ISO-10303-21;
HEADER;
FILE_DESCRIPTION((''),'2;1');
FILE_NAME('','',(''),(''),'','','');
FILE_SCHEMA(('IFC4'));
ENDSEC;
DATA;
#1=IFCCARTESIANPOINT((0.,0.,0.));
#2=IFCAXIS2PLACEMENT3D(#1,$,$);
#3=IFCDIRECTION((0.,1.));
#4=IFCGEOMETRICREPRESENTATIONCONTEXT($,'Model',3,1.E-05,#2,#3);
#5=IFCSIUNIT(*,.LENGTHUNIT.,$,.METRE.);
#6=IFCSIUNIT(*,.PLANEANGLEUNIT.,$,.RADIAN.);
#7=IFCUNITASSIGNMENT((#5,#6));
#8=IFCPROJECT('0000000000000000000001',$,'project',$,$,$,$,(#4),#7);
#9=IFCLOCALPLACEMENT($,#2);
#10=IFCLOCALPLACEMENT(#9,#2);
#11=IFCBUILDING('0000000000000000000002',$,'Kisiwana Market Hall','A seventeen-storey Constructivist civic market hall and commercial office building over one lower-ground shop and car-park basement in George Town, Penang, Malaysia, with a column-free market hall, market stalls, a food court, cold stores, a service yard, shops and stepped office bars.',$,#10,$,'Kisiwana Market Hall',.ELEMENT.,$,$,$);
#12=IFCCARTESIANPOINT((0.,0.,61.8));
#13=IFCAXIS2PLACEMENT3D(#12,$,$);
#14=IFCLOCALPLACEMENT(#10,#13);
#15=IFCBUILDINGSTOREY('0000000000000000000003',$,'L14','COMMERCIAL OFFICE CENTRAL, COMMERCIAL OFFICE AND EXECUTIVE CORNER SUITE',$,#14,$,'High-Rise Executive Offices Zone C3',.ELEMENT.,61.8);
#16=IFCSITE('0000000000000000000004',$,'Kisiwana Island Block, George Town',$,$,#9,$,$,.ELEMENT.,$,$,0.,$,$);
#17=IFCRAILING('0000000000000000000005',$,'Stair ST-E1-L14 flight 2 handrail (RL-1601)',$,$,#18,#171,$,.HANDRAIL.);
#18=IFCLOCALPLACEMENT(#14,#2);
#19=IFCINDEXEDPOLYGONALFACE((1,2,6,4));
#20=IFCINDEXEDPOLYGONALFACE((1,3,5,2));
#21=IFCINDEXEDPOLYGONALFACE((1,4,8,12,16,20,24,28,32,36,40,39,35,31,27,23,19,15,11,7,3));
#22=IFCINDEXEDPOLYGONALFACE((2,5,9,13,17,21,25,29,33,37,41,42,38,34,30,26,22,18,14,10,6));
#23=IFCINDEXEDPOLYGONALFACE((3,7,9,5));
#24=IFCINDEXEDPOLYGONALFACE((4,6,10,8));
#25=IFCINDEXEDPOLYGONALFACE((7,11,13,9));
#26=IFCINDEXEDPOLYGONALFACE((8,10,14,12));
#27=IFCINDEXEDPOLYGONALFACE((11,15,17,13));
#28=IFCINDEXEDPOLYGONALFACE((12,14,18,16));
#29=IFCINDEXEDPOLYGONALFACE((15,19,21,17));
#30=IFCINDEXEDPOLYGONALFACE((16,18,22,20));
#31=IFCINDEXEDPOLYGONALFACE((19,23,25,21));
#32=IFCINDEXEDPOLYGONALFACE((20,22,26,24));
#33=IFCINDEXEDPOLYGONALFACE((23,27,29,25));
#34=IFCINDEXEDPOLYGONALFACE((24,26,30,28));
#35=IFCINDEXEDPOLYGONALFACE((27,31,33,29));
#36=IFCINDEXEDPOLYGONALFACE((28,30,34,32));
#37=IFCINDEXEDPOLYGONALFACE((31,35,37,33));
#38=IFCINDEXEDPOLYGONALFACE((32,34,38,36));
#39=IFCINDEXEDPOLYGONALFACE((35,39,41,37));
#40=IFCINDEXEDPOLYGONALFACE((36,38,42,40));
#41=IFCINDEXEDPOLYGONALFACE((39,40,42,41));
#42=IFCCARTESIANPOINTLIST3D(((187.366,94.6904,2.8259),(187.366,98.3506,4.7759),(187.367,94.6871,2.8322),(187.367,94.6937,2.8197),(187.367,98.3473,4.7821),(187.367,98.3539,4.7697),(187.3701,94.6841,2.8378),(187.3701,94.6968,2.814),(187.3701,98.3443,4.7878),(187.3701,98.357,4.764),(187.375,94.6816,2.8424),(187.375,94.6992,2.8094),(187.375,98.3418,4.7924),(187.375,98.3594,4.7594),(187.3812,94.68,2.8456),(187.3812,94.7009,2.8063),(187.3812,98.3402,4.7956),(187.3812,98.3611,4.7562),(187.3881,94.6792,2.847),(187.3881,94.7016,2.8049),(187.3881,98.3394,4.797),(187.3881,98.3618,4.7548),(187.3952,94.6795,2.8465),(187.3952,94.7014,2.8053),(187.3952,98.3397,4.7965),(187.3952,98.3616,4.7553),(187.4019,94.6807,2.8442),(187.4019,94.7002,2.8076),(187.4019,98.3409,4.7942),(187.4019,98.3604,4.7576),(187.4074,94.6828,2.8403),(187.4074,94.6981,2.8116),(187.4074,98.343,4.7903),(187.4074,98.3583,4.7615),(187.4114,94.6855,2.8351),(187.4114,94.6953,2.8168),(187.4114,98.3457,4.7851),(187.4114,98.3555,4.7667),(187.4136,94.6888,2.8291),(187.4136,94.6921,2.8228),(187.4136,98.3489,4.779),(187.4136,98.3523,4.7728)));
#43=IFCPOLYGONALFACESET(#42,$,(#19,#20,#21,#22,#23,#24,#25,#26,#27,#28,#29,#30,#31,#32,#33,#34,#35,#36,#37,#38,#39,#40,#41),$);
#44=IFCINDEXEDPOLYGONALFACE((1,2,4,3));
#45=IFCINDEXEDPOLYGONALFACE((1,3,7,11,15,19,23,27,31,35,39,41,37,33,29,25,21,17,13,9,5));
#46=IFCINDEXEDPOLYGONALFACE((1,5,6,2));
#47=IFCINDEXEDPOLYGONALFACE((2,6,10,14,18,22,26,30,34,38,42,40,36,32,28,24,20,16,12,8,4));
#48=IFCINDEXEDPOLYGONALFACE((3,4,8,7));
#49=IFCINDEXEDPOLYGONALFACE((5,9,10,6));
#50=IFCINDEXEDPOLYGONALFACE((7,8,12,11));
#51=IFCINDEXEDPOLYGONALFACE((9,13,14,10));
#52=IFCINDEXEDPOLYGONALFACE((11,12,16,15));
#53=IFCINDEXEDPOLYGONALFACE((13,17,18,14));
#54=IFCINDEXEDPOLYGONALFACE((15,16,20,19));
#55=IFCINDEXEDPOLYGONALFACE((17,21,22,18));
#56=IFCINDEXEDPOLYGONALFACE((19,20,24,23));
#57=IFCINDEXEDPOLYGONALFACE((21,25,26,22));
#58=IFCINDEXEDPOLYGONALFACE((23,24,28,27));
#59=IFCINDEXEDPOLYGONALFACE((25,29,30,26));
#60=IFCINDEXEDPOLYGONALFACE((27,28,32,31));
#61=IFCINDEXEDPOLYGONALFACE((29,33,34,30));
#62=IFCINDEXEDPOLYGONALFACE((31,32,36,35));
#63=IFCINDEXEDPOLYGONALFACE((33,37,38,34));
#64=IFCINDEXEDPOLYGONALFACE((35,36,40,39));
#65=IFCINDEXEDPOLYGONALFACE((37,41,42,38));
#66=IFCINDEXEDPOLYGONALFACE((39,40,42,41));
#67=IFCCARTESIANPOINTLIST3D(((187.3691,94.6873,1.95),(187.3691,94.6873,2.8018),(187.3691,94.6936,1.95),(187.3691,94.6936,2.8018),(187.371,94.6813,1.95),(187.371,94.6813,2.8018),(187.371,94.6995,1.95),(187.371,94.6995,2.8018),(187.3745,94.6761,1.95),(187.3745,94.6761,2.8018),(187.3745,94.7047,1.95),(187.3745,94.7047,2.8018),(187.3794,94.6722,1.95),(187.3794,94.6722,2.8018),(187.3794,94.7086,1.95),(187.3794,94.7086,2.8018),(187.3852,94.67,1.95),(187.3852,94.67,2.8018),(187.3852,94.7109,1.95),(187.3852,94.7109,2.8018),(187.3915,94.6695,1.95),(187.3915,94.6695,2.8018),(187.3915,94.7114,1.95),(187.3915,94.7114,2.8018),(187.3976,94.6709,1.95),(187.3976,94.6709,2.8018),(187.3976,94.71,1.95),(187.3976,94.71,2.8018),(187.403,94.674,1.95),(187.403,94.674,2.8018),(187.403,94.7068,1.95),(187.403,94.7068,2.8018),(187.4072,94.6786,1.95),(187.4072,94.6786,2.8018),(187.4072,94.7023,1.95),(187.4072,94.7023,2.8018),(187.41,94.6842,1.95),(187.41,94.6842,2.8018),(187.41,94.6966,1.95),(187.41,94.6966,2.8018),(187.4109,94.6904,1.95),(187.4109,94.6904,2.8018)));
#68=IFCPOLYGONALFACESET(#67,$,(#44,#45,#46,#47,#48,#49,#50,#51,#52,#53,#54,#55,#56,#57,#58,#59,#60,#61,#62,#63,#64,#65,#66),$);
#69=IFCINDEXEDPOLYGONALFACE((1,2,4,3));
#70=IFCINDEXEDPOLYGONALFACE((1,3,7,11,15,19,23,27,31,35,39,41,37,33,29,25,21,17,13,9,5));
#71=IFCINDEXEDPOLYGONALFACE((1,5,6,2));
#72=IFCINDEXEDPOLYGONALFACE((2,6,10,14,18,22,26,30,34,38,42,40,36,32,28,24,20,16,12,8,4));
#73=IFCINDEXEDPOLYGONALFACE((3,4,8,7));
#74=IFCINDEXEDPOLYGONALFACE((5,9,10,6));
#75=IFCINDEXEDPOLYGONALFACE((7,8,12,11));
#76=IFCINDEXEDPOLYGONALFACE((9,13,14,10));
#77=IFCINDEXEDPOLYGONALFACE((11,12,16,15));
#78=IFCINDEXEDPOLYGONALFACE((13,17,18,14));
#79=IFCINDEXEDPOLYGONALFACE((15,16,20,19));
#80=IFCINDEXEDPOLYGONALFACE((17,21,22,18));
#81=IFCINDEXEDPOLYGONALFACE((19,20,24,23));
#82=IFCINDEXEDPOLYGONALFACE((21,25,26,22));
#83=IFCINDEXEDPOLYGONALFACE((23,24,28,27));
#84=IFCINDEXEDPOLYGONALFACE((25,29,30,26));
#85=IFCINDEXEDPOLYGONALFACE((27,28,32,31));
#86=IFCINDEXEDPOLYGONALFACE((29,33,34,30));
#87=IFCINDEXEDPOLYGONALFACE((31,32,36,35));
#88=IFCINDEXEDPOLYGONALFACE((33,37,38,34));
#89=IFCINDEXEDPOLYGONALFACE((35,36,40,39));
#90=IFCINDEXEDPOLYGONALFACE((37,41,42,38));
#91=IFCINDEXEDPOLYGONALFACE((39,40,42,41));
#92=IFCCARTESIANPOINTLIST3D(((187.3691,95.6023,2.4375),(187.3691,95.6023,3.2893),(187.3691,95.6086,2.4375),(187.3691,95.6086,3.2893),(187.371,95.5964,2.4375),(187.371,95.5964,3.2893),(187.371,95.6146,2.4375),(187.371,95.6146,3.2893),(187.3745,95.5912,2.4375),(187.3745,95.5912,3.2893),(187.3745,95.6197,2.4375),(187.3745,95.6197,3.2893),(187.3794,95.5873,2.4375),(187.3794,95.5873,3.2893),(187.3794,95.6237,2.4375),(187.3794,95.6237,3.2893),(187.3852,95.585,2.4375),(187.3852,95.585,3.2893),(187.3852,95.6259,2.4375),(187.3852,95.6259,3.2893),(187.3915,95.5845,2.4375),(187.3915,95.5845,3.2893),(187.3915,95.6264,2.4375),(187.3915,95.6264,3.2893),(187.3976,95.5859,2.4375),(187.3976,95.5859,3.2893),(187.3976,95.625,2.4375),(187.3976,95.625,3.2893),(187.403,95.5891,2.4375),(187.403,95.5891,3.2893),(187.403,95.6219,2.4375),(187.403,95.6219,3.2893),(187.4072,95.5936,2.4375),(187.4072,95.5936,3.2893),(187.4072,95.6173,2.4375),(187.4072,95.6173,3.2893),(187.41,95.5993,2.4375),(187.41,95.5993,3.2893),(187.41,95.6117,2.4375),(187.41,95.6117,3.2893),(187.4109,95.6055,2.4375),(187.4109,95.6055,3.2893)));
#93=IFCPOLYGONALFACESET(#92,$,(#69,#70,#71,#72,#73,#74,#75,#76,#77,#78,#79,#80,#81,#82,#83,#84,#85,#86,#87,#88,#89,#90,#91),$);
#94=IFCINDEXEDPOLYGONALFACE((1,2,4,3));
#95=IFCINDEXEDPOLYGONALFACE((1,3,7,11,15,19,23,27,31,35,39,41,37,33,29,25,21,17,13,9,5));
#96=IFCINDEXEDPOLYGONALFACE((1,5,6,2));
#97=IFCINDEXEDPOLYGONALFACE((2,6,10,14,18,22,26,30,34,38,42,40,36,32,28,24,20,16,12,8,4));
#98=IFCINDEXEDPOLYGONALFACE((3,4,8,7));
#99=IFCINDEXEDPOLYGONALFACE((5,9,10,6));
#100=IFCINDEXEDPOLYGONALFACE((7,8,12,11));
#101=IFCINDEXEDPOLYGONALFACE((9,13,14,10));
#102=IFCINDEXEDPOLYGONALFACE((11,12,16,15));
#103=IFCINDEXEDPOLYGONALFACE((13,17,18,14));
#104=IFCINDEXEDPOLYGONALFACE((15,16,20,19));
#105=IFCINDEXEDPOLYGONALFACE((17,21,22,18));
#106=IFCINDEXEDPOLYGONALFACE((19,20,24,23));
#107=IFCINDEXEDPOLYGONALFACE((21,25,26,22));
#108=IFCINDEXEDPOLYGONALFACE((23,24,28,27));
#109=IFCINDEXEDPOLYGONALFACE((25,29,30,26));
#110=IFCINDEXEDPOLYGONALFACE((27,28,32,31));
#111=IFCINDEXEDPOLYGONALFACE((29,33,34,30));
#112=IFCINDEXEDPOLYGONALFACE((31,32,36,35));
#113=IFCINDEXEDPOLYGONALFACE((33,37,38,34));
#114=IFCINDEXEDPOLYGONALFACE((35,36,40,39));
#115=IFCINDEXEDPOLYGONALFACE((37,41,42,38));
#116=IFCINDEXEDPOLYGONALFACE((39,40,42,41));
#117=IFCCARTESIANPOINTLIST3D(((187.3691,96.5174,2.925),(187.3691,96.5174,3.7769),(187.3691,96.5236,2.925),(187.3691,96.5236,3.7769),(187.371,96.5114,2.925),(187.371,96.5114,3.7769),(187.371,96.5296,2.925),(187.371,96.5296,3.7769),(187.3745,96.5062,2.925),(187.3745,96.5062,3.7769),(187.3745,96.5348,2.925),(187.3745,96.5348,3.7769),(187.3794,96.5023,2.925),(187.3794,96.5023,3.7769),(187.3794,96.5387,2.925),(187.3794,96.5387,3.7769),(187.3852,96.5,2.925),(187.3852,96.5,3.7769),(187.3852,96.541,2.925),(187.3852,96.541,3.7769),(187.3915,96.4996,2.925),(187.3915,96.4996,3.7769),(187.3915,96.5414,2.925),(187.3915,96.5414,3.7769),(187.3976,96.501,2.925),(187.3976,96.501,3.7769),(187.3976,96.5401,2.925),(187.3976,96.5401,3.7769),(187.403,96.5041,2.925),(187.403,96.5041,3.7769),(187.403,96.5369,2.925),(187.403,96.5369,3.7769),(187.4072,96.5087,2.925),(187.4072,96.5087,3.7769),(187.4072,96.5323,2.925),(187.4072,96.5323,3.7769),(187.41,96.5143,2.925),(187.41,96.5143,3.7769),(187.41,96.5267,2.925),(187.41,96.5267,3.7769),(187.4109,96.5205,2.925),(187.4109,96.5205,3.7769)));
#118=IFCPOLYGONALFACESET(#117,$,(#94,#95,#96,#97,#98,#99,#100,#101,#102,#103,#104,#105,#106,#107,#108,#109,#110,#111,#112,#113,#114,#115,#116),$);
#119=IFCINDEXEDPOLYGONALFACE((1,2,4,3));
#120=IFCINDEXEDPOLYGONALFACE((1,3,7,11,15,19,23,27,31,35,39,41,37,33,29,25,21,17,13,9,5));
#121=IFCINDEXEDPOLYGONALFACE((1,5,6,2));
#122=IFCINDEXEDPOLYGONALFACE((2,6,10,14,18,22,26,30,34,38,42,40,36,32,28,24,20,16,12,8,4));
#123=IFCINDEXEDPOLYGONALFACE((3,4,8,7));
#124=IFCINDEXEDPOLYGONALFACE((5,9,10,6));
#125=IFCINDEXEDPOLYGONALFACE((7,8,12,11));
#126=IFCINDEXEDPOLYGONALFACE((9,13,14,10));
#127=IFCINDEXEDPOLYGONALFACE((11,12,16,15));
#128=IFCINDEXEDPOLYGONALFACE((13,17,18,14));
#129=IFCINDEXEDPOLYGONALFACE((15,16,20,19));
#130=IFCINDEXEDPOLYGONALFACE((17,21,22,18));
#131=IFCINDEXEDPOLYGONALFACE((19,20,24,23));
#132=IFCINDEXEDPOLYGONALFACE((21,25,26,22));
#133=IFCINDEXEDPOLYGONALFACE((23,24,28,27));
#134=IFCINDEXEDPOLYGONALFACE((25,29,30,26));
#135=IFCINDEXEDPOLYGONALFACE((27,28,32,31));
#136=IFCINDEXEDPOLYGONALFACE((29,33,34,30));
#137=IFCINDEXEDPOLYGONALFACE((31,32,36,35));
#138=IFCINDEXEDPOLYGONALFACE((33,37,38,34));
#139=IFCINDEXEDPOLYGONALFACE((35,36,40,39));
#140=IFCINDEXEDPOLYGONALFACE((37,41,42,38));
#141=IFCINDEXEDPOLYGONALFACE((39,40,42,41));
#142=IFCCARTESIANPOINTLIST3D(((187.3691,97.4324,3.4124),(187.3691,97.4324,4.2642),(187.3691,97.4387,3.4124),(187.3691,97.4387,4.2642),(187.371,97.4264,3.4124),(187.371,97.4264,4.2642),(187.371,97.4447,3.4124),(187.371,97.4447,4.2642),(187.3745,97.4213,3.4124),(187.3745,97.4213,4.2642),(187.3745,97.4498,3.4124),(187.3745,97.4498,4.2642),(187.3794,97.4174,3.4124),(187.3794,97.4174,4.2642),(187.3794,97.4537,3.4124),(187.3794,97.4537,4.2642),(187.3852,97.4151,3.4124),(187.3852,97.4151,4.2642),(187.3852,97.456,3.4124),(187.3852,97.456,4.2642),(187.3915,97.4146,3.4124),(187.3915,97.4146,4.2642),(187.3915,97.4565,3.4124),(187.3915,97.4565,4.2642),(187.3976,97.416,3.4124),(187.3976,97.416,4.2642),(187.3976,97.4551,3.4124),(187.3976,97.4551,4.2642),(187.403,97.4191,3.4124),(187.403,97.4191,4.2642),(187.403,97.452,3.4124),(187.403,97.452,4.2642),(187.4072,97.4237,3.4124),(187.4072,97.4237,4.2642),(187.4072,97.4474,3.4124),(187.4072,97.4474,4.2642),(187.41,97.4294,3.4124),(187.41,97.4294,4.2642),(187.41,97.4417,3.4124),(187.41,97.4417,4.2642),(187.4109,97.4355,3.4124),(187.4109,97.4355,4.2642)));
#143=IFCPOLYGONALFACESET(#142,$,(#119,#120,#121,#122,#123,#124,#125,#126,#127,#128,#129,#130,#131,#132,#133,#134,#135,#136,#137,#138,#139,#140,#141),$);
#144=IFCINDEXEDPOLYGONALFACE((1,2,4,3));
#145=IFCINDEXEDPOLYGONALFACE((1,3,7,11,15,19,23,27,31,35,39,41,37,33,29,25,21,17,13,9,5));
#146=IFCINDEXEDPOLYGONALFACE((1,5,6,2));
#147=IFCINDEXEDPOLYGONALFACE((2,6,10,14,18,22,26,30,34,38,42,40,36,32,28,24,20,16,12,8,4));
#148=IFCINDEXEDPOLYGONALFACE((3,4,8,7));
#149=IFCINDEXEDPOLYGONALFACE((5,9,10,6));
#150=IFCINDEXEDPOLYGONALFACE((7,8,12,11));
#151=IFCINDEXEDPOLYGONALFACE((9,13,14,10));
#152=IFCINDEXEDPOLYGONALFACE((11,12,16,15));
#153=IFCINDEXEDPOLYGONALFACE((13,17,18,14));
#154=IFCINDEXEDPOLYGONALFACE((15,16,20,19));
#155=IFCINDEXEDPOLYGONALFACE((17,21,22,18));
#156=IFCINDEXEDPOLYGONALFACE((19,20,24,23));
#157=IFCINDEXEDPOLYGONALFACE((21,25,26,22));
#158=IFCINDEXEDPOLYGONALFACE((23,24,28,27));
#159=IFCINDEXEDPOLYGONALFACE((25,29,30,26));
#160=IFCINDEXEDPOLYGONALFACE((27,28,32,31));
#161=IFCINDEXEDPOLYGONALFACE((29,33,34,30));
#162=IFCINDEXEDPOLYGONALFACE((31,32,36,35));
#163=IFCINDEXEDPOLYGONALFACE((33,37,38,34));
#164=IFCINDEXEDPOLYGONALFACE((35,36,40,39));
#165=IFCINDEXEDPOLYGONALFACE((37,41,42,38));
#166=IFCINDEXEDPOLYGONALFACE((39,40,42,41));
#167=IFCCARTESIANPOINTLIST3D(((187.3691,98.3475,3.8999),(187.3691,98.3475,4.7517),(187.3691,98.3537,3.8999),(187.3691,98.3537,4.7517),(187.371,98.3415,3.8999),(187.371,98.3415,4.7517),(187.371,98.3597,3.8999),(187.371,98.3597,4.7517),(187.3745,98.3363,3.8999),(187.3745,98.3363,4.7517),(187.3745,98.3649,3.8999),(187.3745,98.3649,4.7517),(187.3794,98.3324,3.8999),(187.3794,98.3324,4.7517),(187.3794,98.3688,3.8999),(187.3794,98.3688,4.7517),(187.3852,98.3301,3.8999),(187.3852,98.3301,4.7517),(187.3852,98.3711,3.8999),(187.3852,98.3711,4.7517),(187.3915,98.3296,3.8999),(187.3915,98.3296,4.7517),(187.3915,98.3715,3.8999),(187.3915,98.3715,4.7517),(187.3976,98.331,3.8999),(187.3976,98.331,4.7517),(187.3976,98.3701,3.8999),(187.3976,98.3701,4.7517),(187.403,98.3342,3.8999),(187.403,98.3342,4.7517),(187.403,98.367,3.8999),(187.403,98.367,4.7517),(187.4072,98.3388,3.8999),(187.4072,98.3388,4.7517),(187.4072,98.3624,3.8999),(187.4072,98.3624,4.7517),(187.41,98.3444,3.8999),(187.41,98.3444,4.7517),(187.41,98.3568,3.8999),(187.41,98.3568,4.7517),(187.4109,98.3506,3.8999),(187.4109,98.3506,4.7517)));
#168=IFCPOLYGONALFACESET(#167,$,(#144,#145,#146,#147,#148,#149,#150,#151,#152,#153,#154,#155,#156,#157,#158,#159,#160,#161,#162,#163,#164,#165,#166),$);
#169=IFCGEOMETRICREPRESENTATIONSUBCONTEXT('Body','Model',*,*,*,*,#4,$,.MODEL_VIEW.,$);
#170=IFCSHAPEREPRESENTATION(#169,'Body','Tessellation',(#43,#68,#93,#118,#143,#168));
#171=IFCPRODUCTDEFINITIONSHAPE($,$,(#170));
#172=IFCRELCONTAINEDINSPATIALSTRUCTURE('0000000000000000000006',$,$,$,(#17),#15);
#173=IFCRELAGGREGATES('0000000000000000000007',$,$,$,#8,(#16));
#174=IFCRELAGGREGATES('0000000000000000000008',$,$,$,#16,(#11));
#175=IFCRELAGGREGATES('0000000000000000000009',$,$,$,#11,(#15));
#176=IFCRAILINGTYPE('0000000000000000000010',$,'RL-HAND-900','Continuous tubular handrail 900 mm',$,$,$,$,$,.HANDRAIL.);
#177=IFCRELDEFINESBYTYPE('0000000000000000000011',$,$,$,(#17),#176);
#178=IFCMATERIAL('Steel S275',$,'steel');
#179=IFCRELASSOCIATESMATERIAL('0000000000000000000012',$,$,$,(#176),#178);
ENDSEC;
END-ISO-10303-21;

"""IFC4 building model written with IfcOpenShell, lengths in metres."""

from ifc_helpers import new_model, si_unit, direction, frame, origin, origin_2d, place, context, subcontext, project, spatial, circle, extrude, material, type_object, element, save


model = new_model("IFC4")

# Units and contexts
model_context = context("Model", 3, precision=1e-05, world=origin(), true_north=direction((0.0, 1.0)))
body_context = subcontext(model_context, "Body", "Model", "MODEL_VIEW")
ifc_project = project(units=[si_unit("LENGTHUNIT", "METRE"), si_unit("PLANEANGLEUNIT", "RADIAN")], contexts=[model_context])

# Site, building, storey
site_placement = place(None, origin())
site = spatial("IfcSite", under=ifc_project, at=site_placement, Name="Kisiwana Island Block, George Town", CompositionType="ELEMENT", RefElevation=0.0)
building_placement = place(site_placement, origin())
building = spatial("IfcBuilding", under=site, at=building_placement, Name="Kisiwana Market Hall", Description="A seventeen-storey Constructivist civic market hall and commercial office building over one lower-ground shop and car-park basement in George Town, Penang, Malaysia, with a column-free market hall, market stalls, a food court, cold stores, a service yard, shops and stepped office bars.", LongName="Kisiwana Market Hall", CompositionType="ELEMENT")
storey_placement = place(building_placement, frame((0.0, 0.0, 61.8)))
storey = spatial("IfcBuildingStorey", under=building, at=storey_placement, Name="L14", Description="COMMERCIAL OFFICE CENTRAL, COMMERCIAL OFFICE AND EXECUTIVE CORNER SUITE", LongName="High-Rise Executive Offices Zone C3", CompositionType="ELEMENT", Elevation=61.8)

# Railing
ifc_material_1 = material(Name="Steel S275", Category="steel")
railing_type_1 = type_object("IfcRailingType", Name="RL-HAND-900", Description="Continuous tubular handrail 900 mm", PredefinedType="HANDRAIL", material=ifc_material_1)
railing_1_placement = place(storey_placement, frame((187.3899, 94.6904, 1.95)))
element("IfcRailing", 1, at=railing_1_placement, inside=storey, type_object=railing_type_1, Name="Stair ST-E1-L14 flight 2 handrail (RL-1601)", PredefinedType="HANDRAIL", context=body_context, shape_type="SweptSolid", body=[
    extrude(circle(Radius=0.0239, at=origin_2d()), frame((0.0, 0.0, 0.876), z_axis=(0.0, 0.882566, 0.470188), x_axis=(-1.0, 0.0, 0.0)), (0.0, 0.0, 1.0), 4.1472),
    extrude(circle(Radius=0.021, at=origin_2d()), origin(), (0.0, 0.0, 1.0), 0.8518),
    extrude(circle(Radius=0.021, at=origin_2d()), frame((0.0, 0.915, 0.4875)), (0.0, 0.0, 1.0), 0.8518),
    extrude(circle(Radius=0.021, at=origin_2d()), frame((0.0, 1.8301, 0.9751)), (0.0, 0.0, 1.0), 0.8518),
    extrude(circle(Radius=0.021, at=origin_2d()), frame((0.0, 2.7451, 1.4624)), (0.0, 0.0, 1.0), 0.8518),
    extrude(circle(Radius=0.021, at=origin_2d()), frame((0.0, 3.6602, 1.95)), (0.0, 0.0, 1.0), 0.8518),
])

save(model, "model.ifc")
